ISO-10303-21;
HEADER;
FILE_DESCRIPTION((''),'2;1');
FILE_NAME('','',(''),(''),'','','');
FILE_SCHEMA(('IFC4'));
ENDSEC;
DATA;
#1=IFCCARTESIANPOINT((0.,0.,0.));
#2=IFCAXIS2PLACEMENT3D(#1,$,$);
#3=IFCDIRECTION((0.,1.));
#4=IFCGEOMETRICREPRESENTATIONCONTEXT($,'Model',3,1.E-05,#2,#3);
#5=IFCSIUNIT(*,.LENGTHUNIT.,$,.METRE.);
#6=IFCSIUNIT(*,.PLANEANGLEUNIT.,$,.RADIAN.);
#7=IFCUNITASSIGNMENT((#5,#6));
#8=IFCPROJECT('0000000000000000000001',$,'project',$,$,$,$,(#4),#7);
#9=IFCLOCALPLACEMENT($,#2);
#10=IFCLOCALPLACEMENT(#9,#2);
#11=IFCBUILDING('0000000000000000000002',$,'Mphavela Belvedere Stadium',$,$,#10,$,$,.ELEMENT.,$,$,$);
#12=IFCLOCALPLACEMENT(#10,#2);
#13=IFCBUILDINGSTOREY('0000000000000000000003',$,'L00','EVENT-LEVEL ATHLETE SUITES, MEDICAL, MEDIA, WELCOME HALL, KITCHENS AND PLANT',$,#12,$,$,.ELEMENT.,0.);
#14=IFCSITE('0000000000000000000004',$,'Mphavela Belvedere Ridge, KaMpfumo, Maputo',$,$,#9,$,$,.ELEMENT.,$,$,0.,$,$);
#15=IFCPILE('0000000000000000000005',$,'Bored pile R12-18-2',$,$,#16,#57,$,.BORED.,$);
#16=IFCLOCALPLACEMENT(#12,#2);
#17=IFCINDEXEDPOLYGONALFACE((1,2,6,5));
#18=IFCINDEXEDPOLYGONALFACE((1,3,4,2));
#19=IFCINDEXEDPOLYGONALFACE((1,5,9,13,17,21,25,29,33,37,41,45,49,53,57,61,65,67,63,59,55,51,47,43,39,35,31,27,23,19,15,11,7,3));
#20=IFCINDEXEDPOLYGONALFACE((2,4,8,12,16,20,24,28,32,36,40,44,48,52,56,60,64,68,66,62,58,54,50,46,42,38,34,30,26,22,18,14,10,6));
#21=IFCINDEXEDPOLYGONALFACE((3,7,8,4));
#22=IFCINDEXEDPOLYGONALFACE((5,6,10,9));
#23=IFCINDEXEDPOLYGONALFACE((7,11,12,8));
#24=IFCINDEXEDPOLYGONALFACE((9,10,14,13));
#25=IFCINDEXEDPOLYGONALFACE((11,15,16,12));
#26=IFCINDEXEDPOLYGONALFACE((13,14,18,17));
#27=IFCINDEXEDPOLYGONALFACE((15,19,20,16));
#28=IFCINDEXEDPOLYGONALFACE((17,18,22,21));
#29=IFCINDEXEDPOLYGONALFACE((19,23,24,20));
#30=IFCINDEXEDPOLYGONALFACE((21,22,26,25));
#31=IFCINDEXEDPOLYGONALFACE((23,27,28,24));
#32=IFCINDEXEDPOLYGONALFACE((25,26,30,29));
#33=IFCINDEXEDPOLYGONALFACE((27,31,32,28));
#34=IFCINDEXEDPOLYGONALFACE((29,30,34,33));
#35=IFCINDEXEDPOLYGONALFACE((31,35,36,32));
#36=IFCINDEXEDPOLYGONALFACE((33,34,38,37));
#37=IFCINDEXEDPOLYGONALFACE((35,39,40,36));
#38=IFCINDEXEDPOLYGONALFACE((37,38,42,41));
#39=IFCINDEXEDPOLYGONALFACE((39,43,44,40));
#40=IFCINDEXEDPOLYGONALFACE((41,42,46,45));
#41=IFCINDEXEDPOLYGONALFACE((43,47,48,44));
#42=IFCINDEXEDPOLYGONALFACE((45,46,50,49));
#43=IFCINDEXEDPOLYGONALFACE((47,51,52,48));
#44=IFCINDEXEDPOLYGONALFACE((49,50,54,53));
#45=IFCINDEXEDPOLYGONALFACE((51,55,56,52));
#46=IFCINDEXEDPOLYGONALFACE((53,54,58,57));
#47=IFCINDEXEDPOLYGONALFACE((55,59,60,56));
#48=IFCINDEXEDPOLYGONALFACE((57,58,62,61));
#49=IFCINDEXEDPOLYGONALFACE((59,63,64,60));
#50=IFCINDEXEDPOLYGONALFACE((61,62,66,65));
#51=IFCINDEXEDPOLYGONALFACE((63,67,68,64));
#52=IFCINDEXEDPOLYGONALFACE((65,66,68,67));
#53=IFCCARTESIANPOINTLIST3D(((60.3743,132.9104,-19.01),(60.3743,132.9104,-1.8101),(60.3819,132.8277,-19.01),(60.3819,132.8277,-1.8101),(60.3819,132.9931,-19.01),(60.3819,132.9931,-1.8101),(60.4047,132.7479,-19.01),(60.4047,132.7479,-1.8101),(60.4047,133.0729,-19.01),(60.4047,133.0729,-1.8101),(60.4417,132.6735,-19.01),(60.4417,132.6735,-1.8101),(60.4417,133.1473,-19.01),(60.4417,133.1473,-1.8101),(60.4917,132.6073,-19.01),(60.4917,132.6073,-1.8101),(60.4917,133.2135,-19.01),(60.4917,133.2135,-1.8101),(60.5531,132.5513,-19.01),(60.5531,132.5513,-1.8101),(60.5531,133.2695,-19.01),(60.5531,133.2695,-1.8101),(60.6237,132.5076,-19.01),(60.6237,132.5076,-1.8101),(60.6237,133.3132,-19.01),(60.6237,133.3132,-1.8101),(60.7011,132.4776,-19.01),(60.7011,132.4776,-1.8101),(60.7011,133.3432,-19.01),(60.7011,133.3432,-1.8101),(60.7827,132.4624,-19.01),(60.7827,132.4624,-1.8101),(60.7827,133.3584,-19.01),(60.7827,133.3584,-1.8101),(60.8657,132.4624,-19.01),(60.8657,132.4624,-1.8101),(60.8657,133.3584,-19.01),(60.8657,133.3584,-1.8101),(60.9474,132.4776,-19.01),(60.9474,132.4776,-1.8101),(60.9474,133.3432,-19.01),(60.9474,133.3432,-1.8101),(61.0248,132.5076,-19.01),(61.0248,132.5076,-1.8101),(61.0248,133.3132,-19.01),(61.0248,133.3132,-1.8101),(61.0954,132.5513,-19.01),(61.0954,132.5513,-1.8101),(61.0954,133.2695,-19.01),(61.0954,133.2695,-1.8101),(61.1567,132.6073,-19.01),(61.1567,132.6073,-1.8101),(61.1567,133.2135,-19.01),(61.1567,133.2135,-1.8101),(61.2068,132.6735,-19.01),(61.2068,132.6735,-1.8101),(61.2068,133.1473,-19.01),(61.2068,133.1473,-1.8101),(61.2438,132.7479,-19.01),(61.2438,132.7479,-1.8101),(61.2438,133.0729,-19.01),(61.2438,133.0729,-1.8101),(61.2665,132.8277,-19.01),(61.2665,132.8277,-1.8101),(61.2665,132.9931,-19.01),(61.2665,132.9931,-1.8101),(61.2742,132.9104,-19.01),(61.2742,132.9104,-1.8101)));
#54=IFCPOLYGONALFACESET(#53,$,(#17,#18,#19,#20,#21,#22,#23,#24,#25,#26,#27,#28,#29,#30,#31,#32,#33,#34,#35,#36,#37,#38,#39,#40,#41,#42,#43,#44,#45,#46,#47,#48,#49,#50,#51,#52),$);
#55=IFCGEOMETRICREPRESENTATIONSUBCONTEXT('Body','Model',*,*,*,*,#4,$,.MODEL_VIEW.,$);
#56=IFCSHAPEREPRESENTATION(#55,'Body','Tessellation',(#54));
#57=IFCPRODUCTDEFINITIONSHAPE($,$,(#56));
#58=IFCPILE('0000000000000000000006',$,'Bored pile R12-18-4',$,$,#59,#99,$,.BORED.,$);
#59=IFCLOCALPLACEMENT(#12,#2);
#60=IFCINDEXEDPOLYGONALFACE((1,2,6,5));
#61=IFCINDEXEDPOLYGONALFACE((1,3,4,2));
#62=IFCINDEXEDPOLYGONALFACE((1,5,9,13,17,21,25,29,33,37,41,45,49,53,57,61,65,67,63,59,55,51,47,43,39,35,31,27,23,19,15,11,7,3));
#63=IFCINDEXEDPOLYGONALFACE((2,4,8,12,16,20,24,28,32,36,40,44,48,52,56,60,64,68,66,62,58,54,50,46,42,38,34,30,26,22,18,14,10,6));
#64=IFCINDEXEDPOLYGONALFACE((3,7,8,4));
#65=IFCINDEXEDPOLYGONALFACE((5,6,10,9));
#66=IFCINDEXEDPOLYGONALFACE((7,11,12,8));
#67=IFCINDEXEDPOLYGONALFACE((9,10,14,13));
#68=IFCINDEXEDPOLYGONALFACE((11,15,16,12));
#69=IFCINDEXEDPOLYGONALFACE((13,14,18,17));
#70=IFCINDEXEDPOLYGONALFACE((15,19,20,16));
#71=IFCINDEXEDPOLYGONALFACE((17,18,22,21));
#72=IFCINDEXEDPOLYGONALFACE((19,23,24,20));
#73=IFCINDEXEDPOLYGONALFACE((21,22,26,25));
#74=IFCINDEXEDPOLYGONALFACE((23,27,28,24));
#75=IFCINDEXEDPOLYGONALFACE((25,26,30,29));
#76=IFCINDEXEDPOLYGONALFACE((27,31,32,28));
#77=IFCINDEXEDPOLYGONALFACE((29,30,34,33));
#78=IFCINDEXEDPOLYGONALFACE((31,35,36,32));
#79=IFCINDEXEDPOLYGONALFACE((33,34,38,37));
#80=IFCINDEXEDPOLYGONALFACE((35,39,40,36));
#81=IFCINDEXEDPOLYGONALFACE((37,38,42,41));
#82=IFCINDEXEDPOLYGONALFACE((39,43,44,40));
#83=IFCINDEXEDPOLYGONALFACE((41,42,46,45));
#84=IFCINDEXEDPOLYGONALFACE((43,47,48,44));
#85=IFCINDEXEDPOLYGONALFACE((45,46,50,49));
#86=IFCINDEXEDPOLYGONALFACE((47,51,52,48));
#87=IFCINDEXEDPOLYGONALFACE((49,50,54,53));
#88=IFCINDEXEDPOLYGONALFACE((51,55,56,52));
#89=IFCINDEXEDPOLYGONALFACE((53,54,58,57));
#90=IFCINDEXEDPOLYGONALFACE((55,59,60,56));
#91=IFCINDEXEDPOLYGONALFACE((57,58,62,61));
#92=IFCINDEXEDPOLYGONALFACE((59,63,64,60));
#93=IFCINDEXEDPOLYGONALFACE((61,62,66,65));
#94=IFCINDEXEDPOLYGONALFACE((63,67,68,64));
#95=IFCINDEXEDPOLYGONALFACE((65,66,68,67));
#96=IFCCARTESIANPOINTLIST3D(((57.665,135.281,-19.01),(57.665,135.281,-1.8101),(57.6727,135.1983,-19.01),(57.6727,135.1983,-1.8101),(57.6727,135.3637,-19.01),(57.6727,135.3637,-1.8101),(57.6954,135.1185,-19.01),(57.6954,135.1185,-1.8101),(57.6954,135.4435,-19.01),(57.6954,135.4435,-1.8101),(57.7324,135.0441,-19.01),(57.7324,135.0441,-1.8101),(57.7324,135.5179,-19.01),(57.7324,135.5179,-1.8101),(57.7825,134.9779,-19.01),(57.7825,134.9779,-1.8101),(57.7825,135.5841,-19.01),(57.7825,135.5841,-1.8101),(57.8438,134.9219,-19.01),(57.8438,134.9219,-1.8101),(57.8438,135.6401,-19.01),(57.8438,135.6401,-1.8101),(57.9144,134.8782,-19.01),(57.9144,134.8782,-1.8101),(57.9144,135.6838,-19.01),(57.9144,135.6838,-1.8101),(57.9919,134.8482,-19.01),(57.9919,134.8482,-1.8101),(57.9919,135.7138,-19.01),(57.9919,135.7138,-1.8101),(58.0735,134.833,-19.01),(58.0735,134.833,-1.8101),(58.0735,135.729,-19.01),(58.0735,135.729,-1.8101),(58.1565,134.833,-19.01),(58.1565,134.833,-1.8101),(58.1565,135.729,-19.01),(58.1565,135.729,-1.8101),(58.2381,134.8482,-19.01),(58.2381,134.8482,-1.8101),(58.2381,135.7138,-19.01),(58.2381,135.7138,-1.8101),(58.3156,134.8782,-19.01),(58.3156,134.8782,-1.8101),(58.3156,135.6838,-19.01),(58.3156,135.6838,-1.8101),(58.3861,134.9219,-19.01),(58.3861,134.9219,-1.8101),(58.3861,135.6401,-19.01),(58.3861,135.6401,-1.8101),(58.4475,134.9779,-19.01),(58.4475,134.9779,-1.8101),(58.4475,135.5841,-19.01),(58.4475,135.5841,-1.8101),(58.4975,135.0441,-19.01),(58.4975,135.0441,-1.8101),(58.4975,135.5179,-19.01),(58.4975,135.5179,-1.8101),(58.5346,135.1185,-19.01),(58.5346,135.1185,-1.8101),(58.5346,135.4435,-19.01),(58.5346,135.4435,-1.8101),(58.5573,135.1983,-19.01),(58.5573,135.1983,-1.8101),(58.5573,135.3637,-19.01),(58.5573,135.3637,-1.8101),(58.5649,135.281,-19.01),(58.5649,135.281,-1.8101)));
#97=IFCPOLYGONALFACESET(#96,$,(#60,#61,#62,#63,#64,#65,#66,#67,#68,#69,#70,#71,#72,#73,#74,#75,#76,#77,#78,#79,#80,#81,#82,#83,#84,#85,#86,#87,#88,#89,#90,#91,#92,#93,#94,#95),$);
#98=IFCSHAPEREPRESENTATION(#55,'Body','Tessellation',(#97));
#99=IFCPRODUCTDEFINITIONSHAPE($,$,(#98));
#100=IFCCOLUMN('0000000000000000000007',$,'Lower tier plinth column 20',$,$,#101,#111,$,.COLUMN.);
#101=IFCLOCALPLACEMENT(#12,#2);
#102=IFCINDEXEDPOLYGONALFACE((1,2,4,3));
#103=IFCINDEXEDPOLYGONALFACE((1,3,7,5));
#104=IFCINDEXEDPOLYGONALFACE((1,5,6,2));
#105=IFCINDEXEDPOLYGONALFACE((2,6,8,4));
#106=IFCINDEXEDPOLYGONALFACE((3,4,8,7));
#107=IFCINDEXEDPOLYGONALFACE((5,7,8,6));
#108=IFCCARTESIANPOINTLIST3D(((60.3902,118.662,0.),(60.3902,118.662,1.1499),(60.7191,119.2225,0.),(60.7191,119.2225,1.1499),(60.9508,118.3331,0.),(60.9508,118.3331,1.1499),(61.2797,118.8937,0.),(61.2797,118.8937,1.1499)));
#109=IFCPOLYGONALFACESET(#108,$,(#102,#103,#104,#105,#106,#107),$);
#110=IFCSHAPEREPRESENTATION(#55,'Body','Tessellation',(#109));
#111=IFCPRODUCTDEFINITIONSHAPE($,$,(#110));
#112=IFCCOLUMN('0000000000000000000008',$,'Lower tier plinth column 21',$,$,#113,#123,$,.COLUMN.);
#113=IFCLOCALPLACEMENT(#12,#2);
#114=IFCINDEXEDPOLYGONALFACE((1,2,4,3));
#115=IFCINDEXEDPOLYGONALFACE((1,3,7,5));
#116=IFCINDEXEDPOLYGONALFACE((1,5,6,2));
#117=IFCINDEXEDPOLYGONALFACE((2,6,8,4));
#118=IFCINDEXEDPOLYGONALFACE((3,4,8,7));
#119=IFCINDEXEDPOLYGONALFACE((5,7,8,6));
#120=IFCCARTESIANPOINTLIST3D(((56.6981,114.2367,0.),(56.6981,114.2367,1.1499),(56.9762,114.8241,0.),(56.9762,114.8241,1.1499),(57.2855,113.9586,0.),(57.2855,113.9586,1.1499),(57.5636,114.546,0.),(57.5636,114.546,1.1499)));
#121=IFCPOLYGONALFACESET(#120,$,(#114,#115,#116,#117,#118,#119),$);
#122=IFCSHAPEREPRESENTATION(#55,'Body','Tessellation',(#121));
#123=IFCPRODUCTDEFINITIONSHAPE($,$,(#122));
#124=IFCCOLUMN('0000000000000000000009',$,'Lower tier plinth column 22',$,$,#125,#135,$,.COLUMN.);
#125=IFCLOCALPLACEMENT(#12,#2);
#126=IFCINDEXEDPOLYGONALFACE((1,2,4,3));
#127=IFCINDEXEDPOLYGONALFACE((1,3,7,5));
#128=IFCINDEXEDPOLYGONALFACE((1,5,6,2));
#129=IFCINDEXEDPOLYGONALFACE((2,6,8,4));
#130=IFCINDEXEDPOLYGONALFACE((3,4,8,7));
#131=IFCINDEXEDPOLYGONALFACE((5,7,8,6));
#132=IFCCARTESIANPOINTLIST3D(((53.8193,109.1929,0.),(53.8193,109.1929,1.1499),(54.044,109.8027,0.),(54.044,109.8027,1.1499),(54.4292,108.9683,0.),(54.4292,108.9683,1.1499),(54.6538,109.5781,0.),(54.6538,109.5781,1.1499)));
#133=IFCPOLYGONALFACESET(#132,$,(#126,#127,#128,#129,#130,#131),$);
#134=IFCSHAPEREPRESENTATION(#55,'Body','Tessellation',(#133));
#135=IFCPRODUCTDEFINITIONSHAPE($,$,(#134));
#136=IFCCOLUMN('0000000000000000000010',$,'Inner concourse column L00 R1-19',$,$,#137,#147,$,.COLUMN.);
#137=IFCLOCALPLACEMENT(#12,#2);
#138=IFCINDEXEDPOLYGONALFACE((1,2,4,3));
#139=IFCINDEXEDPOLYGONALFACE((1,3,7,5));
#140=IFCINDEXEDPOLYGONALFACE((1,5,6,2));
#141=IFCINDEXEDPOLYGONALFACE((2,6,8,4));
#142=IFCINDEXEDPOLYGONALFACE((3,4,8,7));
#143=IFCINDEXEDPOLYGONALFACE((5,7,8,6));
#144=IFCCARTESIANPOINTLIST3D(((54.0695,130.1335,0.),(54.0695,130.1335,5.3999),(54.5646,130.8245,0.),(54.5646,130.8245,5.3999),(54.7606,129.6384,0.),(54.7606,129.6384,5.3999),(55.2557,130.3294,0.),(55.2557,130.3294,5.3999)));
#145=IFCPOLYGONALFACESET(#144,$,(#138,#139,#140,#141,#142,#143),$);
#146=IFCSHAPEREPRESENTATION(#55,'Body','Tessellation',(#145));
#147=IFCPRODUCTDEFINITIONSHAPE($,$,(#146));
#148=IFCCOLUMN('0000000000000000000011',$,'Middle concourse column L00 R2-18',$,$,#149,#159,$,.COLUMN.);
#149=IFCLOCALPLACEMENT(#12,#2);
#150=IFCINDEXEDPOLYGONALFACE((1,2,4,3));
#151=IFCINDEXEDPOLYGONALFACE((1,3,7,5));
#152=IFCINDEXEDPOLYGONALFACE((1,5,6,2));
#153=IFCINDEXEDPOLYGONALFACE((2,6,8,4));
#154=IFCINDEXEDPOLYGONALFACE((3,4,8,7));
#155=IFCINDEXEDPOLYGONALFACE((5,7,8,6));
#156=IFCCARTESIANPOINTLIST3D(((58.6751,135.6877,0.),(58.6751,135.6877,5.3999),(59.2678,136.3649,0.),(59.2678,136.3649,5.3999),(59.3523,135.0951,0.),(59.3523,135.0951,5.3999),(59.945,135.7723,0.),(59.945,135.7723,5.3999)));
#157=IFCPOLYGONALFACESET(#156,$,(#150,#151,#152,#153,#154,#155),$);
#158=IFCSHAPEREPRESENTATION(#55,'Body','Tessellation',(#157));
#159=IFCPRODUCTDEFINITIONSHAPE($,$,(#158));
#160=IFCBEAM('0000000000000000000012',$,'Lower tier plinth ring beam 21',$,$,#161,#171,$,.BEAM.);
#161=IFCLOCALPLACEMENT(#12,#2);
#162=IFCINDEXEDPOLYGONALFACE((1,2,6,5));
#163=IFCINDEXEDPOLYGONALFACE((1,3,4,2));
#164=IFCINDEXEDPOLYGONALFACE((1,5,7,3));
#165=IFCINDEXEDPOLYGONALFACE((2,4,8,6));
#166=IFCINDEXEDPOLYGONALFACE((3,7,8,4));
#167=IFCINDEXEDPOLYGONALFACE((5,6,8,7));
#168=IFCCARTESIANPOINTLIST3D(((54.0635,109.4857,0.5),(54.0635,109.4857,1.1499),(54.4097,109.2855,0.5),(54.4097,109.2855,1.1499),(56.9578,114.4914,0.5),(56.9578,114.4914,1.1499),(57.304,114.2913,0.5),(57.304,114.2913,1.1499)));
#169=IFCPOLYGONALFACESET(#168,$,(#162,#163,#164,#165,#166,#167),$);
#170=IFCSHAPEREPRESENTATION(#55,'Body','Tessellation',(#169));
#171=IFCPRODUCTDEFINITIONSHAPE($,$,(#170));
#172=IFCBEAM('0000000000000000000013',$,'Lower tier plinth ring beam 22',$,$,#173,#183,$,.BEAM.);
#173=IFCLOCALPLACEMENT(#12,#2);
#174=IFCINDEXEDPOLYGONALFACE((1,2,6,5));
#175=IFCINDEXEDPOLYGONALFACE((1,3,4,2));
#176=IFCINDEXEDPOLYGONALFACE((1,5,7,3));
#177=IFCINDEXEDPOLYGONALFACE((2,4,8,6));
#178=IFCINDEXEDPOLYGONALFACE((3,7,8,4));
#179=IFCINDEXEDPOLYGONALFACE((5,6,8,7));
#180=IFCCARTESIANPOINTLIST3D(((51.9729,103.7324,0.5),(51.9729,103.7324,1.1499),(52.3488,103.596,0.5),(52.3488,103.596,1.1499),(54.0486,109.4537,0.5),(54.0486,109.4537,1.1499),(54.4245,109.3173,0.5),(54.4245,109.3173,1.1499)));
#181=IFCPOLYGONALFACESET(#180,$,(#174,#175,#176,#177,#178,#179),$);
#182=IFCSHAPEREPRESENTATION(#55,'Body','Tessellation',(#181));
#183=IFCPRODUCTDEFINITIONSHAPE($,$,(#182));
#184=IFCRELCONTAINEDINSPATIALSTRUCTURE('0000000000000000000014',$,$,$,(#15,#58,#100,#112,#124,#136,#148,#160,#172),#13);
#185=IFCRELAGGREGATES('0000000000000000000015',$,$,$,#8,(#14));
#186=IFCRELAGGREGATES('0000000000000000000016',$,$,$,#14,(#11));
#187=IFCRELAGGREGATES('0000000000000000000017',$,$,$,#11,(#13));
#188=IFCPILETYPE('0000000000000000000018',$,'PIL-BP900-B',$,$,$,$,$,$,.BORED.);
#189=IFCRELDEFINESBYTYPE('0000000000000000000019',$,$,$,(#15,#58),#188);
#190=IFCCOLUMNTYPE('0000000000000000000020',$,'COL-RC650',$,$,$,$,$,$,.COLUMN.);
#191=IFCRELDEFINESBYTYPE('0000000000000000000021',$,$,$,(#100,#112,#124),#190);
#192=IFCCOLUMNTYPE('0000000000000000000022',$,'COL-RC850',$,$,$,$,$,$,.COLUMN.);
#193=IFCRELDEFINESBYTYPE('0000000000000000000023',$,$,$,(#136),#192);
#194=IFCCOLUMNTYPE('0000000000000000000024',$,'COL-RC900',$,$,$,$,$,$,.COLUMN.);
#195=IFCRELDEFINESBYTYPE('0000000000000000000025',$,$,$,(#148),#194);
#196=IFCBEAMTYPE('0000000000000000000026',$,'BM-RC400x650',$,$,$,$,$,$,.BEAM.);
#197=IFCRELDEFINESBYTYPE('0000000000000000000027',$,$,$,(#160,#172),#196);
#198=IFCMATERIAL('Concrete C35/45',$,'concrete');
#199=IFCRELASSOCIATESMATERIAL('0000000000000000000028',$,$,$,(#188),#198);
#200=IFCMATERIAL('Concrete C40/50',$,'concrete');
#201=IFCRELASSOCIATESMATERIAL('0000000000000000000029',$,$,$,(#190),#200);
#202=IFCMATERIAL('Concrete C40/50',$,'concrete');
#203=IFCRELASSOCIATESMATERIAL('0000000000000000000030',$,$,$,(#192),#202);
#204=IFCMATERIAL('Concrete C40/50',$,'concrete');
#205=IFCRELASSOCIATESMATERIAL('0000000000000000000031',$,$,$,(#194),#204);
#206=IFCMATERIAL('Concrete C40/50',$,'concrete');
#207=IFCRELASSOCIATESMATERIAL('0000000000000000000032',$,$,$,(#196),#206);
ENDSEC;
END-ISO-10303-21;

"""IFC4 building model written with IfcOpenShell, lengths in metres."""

from ifc_helpers import new_model, si_unit, direction, frame, origin, origin_2d, place, context, subcontext, project, spatial, rectangle, circle, extrude, material, material_profile, profile_set, type_object, element, save


model = new_model("IFC4")

# Units and contexts
model_context = context("Model", 3, precision=1e-05, world=origin(), true_north=direction((0.0, 1.0)))
body_context = subcontext(model_context, "Body", "Model", "MODEL_VIEW")
ifc_project = project(units=[si_unit("LENGTHUNIT", "METRE"), si_unit("PLANEANGLEUNIT", "RADIAN")], contexts=[model_context])

# Site, building, storey
site_placement = place(None, origin())
site = spatial("IfcSite", under=ifc_project, at=site_placement, Name="Mphavela Belvedere Ridge, KaMpfumo, Maputo", CompositionType="ELEMENT", RefElevation=0.0)
building_placement = place(site_placement, origin())
building = spatial("IfcBuilding", under=site, at=building_placement, Name="Mphavela Belvedere Stadium", CompositionType="ELEMENT")
storey_placement = place(building_placement, origin())
storey = spatial("IfcBuildingStorey", under=building, at=storey_placement, Name="L00", Description="EVENT-LEVEL ATHLETE SUITES, MEDICAL, MEDIA, WELCOME HALL, KITCHENS AND PLANT", CompositionType="ELEMENT", Elevation=0.0)

# Piles
ifc_material_1 = material(Name="Concrete C35/45", Category="concrete")
ifc_material_profile_1 = material_profile(ifc_material_1, circle(Radius=0.45, at=origin_2d()), Name="BP D900")
ifc_profile_set_1 = profile_set([ifc_material_profile_1], Name="Concrete C35/45")
pile_type_1 = type_object("IfcPileType", Name="PIL-BP900-B", PredefinedType="BORED", material=ifc_profile_set_1)
for number, where, z_axis, x_axis, name in (
    (1, (60.8242, 132.9104, -1.8101), (0.0, 0.0, -1.0), (1.0, 0.0, 0.0), "Bored pile R12-18-2"),
    (2, (58.115, 135.281, -1.8101), (0.0, 0.0, -1.0), (1.0, 0.0, 0.0), "Bored pile R12-18-4"),
):
    element("IfcPile", number, at=place(storey_placement, frame(where, z_axis=z_axis, x_axis=x_axis)), inside=storey, type_object=pile_type_1, Name=name, PredefinedType="BORED", context=body_context, shape_type="SweptSolid", body=[
        extrude(circle(Radius=0.45, at=origin_2d()), origin(), (0.0, 0.0, 1.0), 17.2),
    ])

# Columns
ifc_material_2 = material(Name="Concrete C40/50", Category="concrete")
ifc_material_profile_2 = material_profile(ifc_material_2, rectangle(XDim=0.6499, YDim=0.6499, at=origin_2d()), Name="RC 650x650")
ifc_profile_set_2 = profile_set([ifc_material_profile_2], Name="Concrete C40/50")
column_type_1 = type_object("IfcColumnType", Name="COL-RC650", PredefinedType="COLUMN", material=ifc_profile_set_2)
for number, where, z_axis, x_axis, name in (
    (3, (60.835, 118.7778, 0.0), (0.0, 0.0, 1.0), (-0.862514, 0.506034, 0.0), "Lower tier plinth column 20"),
    (4, (57.1309, 114.3914, 0.0), (0.0, 0.0, 1.0), (-0.903859, 0.427831, 0.0), "Lower tier plinth column 21"),
    (5, (54.2366, 109.3855, 0.0), (0.0, 0.0, 1.0), (-0.938372, 0.345626, 0.0), "Lower tier plinth column 22"),
):
    element("IfcColumn", number, at=place(storey_placement, frame(where, z_axis=z_axis, x_axis=x_axis)), inside=storey, type_object=column_type_1, Name=name, PredefinedType="COLUMN", context=body_context, shape_type="SweptSolid", body=[
        extrude(rectangle(XDim=0.6499, YDim=0.6499, at=origin_2d()), origin(), (0.0, 0.0, 1.0), 1.1499),
    ])
ifc_material_3 = material(Name="Concrete C40/50", Category="concrete")
ifc_material_profile_3 = material_profile(ifc_material_3, rectangle(XDim=0.8501, YDim=0.8501, at=origin_2d()), Name="RC 850x850")
ifc_profile_set_3 = profile_set([ifc_material_profile_3], Name="Concrete C40/50")
column_type_2 = type_object("IfcColumnType", Name="COL-RC850", PredefinedType="COLUMN", material=ifc_profile_set_3)
column_1_placement = place(storey_placement, frame((54.6626, 130.2314, 0.0), z_axis=(0.0, 0.0, 1.0), x_axis=(-0.812898, 0.582407, 0.0)))
element("IfcColumn", 6, at=column_1_placement, inside=storey, type_object=column_type_2, Name="Inner concourse column L00 R1-19", PredefinedType="COLUMN", context=body_context, shape_type="SweptSolid", body=[
    extrude(rectangle(XDim=0.8501, YDim=0.8501, at=origin_2d()), origin(), (0.0, 0.0, 1.0), 5.3999),
])
ifc_material_4 = material(Name="Concrete C40/50", Category="concrete")
ifc_material_profile_4 = material_profile(ifc_material_4, rectangle(XDim=0.8999, YDim=0.8999, at=origin_2d()), Name="RC 900x900")
ifc_profile_set_4 = profile_set([ifc_material_profile_4], Name="Concrete C40/50")
column_type_3 = type_object("IfcColumnType", Name="COL-RC900", PredefinedType="COLUMN", material=ifc_profile_set_4)
column_2_placement = place(storey_placement, frame((59.3101, 135.73, 0.0), z_axis=(0.0, 0.0, 1.0), x_axis=(-0.75253, 0.658558, 0.0)))
element("IfcColumn", 7, at=column_2_placement, inside=storey, type_object=column_type_3, Name="Middle concourse column L00 R2-18", PredefinedType="COLUMN", context=body_context, shape_type="SweptSolid", body=[
    extrude(rectangle(XDim=0.8999, YDim=0.8999, at=origin_2d()), origin(), (0.0, 0.0, 1.0), 5.3999),
])

# Beams
ifc_material_5 = material(Name="Concrete C40/50", Category="concrete")
ifc_material_profile_5 = material_profile(ifc_material_5, rectangle(XDim=0.3999, YDim=0.6499, at=origin_2d()), Name="RC 400x650")
ifc_profile_set_5 = profile_set([ifc_material_profile_5], Name="Concrete C40/50")
beam_type_1 = type_object("IfcBeamType", Name="BM-RC400x650", PredefinedType="BEAM", material=ifc_profile_set_5)
beam_1_placement = place(storey_placement, frame((57.1309, 114.3914, 0.825), z_axis=(-0.500539, -0.865714, 0.0), x_axis=(0.865714, -0.500539, 0.0)))
element("IfcBeam", 8, at=beam_1_placement, inside=storey, type_object=beam_type_1, Name="Lower tier plinth ring beam 21", PredefinedType="BEAM", context=body_context, shape_type="SweptSolid", body=[
    extrude(rectangle(XDim=0.3999, YDim=0.6499, at=origin_2d()), origin(), (0.0, 0.0, 1.0), 5.7822),
])
beam_2_placement = place(storey_placement, frame((54.2366, 109.3855, 0.825), z_axis=(-0.341054, -0.940044, 0.0), x_axis=(0.940044, -0.341054, 0.0)))
element("IfcBeam", 9, at=beam_2_placement, inside=storey, type_object=beam_type_1, Name="Lower tier plinth ring beam 22", PredefinedType="BEAM", context=body_context, shape_type="SweptSolid", body=[
    extrude(rectangle(XDim=0.3999, YDim=0.6499, at=origin_2d()), origin(), (0.0, 0.0, 1.0), 6.0862),
])

save(model, "model.ifc")
